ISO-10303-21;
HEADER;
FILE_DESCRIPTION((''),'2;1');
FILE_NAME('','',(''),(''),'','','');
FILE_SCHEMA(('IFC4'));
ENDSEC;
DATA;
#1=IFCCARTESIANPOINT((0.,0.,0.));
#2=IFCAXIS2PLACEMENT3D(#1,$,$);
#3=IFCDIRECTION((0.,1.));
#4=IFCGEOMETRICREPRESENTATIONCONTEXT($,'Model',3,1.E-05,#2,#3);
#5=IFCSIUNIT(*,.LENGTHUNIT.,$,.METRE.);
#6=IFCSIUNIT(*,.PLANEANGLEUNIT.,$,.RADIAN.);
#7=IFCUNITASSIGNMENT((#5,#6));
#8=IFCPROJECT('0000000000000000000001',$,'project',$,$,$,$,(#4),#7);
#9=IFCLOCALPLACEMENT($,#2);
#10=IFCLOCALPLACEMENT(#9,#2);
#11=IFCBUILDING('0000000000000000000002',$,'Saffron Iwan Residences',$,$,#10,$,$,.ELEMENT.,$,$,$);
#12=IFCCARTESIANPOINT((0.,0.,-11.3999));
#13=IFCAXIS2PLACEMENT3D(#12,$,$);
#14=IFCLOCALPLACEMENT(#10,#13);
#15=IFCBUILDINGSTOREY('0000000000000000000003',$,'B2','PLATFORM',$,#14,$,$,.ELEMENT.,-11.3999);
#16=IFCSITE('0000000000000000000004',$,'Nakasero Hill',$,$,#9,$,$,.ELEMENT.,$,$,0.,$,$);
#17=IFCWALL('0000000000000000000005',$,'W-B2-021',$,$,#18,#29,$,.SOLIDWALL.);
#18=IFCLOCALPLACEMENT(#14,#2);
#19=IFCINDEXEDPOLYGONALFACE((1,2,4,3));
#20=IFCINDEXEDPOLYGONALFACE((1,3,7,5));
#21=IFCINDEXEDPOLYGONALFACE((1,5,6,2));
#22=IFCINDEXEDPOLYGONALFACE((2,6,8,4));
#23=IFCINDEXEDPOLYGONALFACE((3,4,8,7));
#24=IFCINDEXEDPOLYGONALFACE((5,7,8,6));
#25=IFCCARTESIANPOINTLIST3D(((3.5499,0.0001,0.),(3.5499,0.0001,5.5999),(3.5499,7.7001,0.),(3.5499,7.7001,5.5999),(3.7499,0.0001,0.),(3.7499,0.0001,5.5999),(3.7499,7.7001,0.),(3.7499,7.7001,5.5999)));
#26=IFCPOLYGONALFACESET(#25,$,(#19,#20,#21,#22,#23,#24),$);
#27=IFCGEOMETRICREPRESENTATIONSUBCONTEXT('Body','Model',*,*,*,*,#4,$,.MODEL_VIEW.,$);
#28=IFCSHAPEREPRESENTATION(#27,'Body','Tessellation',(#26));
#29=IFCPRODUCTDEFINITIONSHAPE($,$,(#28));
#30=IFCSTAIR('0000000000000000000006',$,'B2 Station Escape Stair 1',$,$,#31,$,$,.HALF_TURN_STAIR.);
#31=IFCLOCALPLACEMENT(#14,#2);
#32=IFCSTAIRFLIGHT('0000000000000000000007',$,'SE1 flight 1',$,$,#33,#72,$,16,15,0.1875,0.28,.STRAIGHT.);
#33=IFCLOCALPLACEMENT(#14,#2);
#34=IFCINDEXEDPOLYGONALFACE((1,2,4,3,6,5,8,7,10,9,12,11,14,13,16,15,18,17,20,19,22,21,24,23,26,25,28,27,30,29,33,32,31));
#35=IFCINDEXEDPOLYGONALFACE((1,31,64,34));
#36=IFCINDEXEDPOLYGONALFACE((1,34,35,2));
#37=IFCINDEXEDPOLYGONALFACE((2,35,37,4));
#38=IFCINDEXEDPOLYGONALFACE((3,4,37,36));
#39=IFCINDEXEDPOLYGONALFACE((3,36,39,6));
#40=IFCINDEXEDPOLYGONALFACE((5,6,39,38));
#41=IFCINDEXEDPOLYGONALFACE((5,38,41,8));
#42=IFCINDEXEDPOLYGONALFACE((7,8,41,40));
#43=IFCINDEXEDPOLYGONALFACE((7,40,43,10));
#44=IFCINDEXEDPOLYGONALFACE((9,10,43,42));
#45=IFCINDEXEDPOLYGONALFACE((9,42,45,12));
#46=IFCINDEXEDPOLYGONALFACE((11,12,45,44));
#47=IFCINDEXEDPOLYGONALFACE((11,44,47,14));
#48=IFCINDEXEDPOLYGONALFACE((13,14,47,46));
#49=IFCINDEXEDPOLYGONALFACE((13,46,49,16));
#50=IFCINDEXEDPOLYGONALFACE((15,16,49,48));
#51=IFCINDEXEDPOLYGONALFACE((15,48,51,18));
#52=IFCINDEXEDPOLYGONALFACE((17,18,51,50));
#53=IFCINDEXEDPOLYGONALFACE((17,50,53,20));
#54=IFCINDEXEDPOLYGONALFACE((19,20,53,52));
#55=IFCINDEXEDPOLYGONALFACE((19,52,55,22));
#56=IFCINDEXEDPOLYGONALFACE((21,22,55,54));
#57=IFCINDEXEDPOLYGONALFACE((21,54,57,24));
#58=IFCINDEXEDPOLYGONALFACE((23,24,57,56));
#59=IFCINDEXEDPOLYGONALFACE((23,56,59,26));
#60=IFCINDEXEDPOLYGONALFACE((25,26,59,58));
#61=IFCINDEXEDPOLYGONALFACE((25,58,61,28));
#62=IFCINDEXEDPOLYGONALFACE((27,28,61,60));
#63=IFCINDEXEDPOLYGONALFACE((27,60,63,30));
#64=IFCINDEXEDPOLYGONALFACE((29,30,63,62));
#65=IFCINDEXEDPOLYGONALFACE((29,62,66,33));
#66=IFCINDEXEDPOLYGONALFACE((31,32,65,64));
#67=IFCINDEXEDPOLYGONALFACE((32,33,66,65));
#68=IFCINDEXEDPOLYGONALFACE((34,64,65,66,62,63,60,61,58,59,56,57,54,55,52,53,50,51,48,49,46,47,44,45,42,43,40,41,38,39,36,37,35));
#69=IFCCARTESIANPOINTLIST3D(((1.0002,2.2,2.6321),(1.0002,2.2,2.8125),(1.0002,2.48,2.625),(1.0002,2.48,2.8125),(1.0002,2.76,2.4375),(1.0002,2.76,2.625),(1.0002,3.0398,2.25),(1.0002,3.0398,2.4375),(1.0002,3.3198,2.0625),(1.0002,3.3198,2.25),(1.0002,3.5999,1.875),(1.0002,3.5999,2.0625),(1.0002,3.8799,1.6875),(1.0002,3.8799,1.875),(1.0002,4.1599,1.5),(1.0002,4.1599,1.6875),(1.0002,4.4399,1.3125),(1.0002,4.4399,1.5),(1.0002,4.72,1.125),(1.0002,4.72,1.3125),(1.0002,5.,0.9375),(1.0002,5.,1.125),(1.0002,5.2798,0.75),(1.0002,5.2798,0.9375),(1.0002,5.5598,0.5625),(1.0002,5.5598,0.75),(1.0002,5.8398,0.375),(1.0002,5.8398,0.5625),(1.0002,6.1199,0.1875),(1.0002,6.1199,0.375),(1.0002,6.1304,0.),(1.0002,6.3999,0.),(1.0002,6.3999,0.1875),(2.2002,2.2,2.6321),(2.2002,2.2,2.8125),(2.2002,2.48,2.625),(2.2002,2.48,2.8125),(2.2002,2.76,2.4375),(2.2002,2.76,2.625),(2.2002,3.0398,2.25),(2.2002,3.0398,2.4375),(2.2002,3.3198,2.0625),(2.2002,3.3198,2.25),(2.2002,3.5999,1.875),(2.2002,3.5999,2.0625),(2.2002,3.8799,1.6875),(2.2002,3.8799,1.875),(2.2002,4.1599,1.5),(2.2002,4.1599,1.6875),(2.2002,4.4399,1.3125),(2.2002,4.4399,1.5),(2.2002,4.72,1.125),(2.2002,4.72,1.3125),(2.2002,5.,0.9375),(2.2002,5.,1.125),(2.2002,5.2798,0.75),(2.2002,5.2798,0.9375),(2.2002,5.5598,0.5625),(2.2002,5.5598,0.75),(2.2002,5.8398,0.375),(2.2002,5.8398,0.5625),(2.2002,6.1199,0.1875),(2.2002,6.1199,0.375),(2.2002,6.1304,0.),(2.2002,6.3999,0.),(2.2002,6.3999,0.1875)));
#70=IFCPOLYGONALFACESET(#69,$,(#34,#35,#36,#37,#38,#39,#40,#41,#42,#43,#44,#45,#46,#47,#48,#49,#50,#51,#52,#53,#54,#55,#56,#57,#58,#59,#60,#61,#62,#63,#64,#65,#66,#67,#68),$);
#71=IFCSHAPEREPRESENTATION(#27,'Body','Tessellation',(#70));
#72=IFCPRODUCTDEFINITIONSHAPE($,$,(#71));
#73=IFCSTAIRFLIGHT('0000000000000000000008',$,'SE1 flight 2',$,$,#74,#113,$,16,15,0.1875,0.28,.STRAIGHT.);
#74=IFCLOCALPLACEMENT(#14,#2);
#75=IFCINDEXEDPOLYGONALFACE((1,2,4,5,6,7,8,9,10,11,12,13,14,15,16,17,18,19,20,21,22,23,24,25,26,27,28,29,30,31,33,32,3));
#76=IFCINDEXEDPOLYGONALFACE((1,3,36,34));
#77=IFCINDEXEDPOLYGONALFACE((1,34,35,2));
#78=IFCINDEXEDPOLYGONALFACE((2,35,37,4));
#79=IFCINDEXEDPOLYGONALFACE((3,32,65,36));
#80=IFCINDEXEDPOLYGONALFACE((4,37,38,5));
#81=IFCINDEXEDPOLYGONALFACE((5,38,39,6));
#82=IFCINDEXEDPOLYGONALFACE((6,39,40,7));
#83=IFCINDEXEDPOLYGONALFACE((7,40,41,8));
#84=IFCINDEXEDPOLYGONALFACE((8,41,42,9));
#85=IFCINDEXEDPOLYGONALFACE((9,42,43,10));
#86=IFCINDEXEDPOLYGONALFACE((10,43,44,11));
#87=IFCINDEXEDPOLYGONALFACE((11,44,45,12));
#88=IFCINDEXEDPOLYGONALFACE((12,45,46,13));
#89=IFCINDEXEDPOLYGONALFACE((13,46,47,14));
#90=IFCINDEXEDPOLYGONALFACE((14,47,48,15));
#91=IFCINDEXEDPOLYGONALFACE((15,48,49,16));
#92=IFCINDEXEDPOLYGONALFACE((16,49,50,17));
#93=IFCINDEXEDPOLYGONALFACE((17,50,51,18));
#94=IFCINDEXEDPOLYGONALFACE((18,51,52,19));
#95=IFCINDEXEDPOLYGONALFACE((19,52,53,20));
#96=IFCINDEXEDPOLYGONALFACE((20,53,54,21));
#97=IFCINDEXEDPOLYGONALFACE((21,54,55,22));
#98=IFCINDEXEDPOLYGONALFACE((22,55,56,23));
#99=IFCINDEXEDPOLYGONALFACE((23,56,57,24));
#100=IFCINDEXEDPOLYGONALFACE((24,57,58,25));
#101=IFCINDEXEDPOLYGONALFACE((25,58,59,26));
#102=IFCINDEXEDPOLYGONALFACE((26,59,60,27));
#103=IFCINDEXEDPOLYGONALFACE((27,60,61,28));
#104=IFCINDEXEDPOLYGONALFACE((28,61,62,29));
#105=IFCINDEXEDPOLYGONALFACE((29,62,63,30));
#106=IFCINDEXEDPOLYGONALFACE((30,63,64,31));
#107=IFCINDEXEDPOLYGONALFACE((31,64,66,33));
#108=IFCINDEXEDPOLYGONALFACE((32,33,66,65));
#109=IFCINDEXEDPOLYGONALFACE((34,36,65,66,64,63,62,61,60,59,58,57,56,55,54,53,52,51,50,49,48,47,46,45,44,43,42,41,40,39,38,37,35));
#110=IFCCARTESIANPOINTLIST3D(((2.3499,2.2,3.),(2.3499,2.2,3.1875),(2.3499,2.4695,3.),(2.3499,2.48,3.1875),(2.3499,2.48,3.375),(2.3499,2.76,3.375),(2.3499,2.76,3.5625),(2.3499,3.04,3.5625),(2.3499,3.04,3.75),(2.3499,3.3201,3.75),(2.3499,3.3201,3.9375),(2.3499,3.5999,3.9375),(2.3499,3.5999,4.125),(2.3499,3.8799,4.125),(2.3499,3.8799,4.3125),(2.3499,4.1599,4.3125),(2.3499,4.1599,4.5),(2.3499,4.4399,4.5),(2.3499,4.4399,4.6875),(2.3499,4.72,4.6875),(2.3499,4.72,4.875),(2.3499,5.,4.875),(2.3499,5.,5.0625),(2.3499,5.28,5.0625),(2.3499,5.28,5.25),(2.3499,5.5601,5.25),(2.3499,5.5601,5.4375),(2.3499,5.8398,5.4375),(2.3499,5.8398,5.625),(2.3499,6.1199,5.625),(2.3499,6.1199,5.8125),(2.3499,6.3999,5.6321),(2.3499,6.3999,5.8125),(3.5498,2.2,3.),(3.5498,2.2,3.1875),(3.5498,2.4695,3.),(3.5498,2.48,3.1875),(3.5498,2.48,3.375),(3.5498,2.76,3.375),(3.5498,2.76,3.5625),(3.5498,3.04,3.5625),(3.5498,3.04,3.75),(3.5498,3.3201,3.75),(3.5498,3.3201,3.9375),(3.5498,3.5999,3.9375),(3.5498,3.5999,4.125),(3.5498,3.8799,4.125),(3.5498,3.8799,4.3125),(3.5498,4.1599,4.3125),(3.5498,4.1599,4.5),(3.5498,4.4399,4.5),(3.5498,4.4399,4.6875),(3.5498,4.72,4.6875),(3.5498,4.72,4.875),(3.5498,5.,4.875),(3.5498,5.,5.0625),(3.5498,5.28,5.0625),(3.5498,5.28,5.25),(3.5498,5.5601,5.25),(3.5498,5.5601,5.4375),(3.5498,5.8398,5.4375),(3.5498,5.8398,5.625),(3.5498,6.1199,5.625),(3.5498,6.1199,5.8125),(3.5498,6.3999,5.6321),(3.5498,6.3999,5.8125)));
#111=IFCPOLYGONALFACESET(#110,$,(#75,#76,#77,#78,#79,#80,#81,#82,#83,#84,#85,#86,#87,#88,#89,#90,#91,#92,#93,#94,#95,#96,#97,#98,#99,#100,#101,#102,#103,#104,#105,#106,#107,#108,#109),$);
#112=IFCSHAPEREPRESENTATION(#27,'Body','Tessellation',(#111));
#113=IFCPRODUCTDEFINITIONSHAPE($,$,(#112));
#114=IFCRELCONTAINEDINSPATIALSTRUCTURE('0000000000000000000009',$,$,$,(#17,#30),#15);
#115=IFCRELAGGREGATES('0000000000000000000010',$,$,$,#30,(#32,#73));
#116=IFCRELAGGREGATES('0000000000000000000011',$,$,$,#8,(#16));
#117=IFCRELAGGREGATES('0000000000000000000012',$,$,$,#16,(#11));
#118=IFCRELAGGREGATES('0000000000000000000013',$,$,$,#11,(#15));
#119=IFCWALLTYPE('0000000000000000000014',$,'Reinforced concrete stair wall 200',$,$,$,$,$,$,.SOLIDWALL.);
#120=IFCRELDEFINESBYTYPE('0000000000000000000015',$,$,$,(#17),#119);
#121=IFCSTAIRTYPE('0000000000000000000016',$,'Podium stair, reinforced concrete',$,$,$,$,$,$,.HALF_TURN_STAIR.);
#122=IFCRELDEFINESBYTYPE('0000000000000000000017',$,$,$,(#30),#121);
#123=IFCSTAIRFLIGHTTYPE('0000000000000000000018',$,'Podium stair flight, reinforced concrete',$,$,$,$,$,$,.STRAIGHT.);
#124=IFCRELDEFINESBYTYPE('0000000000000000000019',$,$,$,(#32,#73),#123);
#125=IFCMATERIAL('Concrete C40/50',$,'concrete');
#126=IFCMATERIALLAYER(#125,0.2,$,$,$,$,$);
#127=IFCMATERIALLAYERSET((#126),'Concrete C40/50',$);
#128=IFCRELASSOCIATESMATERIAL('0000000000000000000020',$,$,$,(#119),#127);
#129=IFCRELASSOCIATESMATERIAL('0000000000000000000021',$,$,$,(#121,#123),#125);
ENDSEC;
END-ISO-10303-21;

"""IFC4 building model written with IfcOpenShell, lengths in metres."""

from ifc_helpers import new_model, si_unit, direction, frame, frame_2d, origin, place, context, subcontext, project, spatial, polyline, rectangle, outline, extrude, material, layer, layer_set, type_object, element, aggregate, save


model = new_model("IFC4")

# Units and contexts
model_context = context("Model", 3, precision=1e-05, world=origin(), true_north=direction((0.0, 1.0)))
body_context = subcontext(model_context, "Body", "Model", "MODEL_VIEW")
ifc_project = project(units=[si_unit("LENGTHUNIT", "METRE"), si_unit("PLANEANGLEUNIT", "RADIAN")], contexts=[model_context])

# Site, building, storey
site_placement = place(None, origin())
site = spatial("IfcSite", under=ifc_project, at=site_placement, Name="Nakasero Hill", CompositionType="ELEMENT", RefElevation=0.0)
building_placement = place(site_placement, origin())
building = spatial("IfcBuilding", under=site, at=building_placement, Name="Saffron Iwan Residences", CompositionType="ELEMENT")
storey_placement = place(building_placement, frame((0.0, 0.0, -11.3999)))
storey = spatial("IfcBuildingStorey", under=building, at=storey_placement, Name="B2", Description="PLATFORM", CompositionType="ELEMENT", Elevation=-11.3999)

# Shared definitions
ifc_material_1 = material(Name="Concrete C40/50", Category="concrete")

# Wall
ifc_layer_1 = layer(ifc_material_1, 0.2)
ifc_layer_set_1 = layer_set([ifc_layer_1], Name="Concrete C40/50")
wall_type_1 = type_object("IfcWallType", Name="Reinforced concrete stair wall 200", PredefinedType="SOLIDWALL", material=ifc_layer_set_1)
wall_1_placement = place(storey_placement, frame((3.6499, 0.0, 0.0), z_axis=(0.0, 0.0, 1.0), x_axis=(0.0, 1.0, 0.0)))
element("IfcWall", 1, at=wall_1_placement, inside=storey, type_object=wall_type_1, Name="W-B2-021", PredefinedType="SOLIDWALL", context=body_context, shape_type="SweptSolid", body=[
    extrude(rectangle(XDim=7.7, YDim=0.2, at=frame_2d((3.8501, 0.0))), origin(), (0.0, 0.0, 1.0), 5.5999),
])

# Stair, stair flights
stair_type = type_object("IfcStairType", Name="Podium stair, reinforced concrete", PredefinedType="HALF_TURN_STAIR", material=ifc_material_1)
stair_placement = place(storey_placement, origin())
stair = element("IfcStair", 2, at=stair_placement, inside=storey, type_object=stair_type, Name="B2 Station Escape Stair 1", PredefinedType="HALF_TURN_STAIR")
stair_flight_type = type_object("IfcStairFlightType", Name="Podium stair flight, reinforced concrete", PredefinedType="STRAIGHT", material=ifc_material_1)
stair_flight_1_placement = place(storey_placement, frame((1.6001, 6.3999, 0.0), z_axis=(0.0, 0.0, 1.0), x_axis=(0.0, -1.0, 0.0)))
stair_flight_1 = element("IfcStairFlight", 3, at=stair_flight_1_placement, type_object=stair_flight_type, Name="SE1 flight 1", NumberOfRisers=16, NumberOfTreads=15, PredefinedType="STRAIGHT", RiserHeight=0.1875, TreadLength=0.28, context=body_context, shape_type="SweptSolid", body=[
    extrude(outline(polyline([(0.0, 0.0), (0.0, 0.1875), (0.28, 0.1875), (0.28, 0.375), (0.5601, 0.375), (0.5601, 0.5625), (0.8401, 0.5625), (0.8401, 0.75), (1.1201, 0.75), (1.1201, 0.9375), (1.3999, 0.9375), (1.3999, 1.125), (1.6799, 1.125), (1.6799, 1.3125), (1.96, 1.3125), (1.96, 1.5), (2.24, 1.5), (2.24, 1.6875), (2.52, 1.6875), (2.52, 1.875), (2.8, 1.875), (2.8, 2.0625), (3.0801, 2.0625), (3.0801, 2.25), (3.3601, 2.25), (3.3601, 2.4375), (3.6399, 2.4375), (3.6399, 2.625), (3.9199, 2.625), (3.9199, 2.8125), (4.2, 2.8125), (4.2, 3.0), (4.2, 2.6321), (0.2695, 0.0), (0.0, 0.0)])), frame((0.0, 0.6001, 0.0), z_axis=(0.0, -1.0, 0.0), x_axis=(1.0, 0.0, 0.0)), (0.0, 0.0, 1.0), 1.2),
])
stair_flight_2_placement = place(storey_placement, frame((2.95, 2.2, 3.0), z_axis=(0.0, 0.0, 1.0), x_axis=(0.0, 1.0, 0.0)))
stair_flight_2 = element("IfcStairFlight", 4, at=stair_flight_2_placement, type_object=stair_flight_type, Name="SE1 flight 2", NumberOfRisers=16, NumberOfTreads=15, PredefinedType="STRAIGHT", RiserHeight=0.1875, TreadLength=0.28, context=body_context, shape_type="SweptSolid", body=[
    extrude(outline(polyline([(0.0, 0.0), (0.0, 0.1875), (0.28, 0.1875), (0.28, 0.375), (0.5601, 0.375), (0.5601, 0.5625), (0.8401, 0.5625), (0.8401, 0.75), (1.1201, 0.75), (1.1201, 0.9375), (1.3999, 0.9375), (1.3999, 1.125), (1.6799, 1.125), (1.6799, 1.3125), (1.96, 1.3125), (1.96, 1.5), (2.24, 1.5), (2.24, 1.6875), (2.52, 1.6875), (2.52, 1.875), (2.8, 1.875), (2.8, 2.0625), (3.0801, 2.0625), (3.0801, 2.25), (3.3601, 2.25), (3.3601, 2.4375), (3.6399, 2.4375), (3.6399, 2.625), (3.9199, 2.625), (3.9199, 2.8125), (4.2, 2.8125), (4.2, 3.0), (4.2, 2.6321), (0.2695, 0.0), (0.0, 0.0)])), frame((0.0, 0.6001, 0.0), z_axis=(0.0, -1.0, 0.0), x_axis=(1.0, 0.0, 0.0)), (0.0, 0.0, 1.0), 1.2),
])
aggregate(stair, [stair_flight_1, stair_flight_2])

save(model, "model.ifc")
